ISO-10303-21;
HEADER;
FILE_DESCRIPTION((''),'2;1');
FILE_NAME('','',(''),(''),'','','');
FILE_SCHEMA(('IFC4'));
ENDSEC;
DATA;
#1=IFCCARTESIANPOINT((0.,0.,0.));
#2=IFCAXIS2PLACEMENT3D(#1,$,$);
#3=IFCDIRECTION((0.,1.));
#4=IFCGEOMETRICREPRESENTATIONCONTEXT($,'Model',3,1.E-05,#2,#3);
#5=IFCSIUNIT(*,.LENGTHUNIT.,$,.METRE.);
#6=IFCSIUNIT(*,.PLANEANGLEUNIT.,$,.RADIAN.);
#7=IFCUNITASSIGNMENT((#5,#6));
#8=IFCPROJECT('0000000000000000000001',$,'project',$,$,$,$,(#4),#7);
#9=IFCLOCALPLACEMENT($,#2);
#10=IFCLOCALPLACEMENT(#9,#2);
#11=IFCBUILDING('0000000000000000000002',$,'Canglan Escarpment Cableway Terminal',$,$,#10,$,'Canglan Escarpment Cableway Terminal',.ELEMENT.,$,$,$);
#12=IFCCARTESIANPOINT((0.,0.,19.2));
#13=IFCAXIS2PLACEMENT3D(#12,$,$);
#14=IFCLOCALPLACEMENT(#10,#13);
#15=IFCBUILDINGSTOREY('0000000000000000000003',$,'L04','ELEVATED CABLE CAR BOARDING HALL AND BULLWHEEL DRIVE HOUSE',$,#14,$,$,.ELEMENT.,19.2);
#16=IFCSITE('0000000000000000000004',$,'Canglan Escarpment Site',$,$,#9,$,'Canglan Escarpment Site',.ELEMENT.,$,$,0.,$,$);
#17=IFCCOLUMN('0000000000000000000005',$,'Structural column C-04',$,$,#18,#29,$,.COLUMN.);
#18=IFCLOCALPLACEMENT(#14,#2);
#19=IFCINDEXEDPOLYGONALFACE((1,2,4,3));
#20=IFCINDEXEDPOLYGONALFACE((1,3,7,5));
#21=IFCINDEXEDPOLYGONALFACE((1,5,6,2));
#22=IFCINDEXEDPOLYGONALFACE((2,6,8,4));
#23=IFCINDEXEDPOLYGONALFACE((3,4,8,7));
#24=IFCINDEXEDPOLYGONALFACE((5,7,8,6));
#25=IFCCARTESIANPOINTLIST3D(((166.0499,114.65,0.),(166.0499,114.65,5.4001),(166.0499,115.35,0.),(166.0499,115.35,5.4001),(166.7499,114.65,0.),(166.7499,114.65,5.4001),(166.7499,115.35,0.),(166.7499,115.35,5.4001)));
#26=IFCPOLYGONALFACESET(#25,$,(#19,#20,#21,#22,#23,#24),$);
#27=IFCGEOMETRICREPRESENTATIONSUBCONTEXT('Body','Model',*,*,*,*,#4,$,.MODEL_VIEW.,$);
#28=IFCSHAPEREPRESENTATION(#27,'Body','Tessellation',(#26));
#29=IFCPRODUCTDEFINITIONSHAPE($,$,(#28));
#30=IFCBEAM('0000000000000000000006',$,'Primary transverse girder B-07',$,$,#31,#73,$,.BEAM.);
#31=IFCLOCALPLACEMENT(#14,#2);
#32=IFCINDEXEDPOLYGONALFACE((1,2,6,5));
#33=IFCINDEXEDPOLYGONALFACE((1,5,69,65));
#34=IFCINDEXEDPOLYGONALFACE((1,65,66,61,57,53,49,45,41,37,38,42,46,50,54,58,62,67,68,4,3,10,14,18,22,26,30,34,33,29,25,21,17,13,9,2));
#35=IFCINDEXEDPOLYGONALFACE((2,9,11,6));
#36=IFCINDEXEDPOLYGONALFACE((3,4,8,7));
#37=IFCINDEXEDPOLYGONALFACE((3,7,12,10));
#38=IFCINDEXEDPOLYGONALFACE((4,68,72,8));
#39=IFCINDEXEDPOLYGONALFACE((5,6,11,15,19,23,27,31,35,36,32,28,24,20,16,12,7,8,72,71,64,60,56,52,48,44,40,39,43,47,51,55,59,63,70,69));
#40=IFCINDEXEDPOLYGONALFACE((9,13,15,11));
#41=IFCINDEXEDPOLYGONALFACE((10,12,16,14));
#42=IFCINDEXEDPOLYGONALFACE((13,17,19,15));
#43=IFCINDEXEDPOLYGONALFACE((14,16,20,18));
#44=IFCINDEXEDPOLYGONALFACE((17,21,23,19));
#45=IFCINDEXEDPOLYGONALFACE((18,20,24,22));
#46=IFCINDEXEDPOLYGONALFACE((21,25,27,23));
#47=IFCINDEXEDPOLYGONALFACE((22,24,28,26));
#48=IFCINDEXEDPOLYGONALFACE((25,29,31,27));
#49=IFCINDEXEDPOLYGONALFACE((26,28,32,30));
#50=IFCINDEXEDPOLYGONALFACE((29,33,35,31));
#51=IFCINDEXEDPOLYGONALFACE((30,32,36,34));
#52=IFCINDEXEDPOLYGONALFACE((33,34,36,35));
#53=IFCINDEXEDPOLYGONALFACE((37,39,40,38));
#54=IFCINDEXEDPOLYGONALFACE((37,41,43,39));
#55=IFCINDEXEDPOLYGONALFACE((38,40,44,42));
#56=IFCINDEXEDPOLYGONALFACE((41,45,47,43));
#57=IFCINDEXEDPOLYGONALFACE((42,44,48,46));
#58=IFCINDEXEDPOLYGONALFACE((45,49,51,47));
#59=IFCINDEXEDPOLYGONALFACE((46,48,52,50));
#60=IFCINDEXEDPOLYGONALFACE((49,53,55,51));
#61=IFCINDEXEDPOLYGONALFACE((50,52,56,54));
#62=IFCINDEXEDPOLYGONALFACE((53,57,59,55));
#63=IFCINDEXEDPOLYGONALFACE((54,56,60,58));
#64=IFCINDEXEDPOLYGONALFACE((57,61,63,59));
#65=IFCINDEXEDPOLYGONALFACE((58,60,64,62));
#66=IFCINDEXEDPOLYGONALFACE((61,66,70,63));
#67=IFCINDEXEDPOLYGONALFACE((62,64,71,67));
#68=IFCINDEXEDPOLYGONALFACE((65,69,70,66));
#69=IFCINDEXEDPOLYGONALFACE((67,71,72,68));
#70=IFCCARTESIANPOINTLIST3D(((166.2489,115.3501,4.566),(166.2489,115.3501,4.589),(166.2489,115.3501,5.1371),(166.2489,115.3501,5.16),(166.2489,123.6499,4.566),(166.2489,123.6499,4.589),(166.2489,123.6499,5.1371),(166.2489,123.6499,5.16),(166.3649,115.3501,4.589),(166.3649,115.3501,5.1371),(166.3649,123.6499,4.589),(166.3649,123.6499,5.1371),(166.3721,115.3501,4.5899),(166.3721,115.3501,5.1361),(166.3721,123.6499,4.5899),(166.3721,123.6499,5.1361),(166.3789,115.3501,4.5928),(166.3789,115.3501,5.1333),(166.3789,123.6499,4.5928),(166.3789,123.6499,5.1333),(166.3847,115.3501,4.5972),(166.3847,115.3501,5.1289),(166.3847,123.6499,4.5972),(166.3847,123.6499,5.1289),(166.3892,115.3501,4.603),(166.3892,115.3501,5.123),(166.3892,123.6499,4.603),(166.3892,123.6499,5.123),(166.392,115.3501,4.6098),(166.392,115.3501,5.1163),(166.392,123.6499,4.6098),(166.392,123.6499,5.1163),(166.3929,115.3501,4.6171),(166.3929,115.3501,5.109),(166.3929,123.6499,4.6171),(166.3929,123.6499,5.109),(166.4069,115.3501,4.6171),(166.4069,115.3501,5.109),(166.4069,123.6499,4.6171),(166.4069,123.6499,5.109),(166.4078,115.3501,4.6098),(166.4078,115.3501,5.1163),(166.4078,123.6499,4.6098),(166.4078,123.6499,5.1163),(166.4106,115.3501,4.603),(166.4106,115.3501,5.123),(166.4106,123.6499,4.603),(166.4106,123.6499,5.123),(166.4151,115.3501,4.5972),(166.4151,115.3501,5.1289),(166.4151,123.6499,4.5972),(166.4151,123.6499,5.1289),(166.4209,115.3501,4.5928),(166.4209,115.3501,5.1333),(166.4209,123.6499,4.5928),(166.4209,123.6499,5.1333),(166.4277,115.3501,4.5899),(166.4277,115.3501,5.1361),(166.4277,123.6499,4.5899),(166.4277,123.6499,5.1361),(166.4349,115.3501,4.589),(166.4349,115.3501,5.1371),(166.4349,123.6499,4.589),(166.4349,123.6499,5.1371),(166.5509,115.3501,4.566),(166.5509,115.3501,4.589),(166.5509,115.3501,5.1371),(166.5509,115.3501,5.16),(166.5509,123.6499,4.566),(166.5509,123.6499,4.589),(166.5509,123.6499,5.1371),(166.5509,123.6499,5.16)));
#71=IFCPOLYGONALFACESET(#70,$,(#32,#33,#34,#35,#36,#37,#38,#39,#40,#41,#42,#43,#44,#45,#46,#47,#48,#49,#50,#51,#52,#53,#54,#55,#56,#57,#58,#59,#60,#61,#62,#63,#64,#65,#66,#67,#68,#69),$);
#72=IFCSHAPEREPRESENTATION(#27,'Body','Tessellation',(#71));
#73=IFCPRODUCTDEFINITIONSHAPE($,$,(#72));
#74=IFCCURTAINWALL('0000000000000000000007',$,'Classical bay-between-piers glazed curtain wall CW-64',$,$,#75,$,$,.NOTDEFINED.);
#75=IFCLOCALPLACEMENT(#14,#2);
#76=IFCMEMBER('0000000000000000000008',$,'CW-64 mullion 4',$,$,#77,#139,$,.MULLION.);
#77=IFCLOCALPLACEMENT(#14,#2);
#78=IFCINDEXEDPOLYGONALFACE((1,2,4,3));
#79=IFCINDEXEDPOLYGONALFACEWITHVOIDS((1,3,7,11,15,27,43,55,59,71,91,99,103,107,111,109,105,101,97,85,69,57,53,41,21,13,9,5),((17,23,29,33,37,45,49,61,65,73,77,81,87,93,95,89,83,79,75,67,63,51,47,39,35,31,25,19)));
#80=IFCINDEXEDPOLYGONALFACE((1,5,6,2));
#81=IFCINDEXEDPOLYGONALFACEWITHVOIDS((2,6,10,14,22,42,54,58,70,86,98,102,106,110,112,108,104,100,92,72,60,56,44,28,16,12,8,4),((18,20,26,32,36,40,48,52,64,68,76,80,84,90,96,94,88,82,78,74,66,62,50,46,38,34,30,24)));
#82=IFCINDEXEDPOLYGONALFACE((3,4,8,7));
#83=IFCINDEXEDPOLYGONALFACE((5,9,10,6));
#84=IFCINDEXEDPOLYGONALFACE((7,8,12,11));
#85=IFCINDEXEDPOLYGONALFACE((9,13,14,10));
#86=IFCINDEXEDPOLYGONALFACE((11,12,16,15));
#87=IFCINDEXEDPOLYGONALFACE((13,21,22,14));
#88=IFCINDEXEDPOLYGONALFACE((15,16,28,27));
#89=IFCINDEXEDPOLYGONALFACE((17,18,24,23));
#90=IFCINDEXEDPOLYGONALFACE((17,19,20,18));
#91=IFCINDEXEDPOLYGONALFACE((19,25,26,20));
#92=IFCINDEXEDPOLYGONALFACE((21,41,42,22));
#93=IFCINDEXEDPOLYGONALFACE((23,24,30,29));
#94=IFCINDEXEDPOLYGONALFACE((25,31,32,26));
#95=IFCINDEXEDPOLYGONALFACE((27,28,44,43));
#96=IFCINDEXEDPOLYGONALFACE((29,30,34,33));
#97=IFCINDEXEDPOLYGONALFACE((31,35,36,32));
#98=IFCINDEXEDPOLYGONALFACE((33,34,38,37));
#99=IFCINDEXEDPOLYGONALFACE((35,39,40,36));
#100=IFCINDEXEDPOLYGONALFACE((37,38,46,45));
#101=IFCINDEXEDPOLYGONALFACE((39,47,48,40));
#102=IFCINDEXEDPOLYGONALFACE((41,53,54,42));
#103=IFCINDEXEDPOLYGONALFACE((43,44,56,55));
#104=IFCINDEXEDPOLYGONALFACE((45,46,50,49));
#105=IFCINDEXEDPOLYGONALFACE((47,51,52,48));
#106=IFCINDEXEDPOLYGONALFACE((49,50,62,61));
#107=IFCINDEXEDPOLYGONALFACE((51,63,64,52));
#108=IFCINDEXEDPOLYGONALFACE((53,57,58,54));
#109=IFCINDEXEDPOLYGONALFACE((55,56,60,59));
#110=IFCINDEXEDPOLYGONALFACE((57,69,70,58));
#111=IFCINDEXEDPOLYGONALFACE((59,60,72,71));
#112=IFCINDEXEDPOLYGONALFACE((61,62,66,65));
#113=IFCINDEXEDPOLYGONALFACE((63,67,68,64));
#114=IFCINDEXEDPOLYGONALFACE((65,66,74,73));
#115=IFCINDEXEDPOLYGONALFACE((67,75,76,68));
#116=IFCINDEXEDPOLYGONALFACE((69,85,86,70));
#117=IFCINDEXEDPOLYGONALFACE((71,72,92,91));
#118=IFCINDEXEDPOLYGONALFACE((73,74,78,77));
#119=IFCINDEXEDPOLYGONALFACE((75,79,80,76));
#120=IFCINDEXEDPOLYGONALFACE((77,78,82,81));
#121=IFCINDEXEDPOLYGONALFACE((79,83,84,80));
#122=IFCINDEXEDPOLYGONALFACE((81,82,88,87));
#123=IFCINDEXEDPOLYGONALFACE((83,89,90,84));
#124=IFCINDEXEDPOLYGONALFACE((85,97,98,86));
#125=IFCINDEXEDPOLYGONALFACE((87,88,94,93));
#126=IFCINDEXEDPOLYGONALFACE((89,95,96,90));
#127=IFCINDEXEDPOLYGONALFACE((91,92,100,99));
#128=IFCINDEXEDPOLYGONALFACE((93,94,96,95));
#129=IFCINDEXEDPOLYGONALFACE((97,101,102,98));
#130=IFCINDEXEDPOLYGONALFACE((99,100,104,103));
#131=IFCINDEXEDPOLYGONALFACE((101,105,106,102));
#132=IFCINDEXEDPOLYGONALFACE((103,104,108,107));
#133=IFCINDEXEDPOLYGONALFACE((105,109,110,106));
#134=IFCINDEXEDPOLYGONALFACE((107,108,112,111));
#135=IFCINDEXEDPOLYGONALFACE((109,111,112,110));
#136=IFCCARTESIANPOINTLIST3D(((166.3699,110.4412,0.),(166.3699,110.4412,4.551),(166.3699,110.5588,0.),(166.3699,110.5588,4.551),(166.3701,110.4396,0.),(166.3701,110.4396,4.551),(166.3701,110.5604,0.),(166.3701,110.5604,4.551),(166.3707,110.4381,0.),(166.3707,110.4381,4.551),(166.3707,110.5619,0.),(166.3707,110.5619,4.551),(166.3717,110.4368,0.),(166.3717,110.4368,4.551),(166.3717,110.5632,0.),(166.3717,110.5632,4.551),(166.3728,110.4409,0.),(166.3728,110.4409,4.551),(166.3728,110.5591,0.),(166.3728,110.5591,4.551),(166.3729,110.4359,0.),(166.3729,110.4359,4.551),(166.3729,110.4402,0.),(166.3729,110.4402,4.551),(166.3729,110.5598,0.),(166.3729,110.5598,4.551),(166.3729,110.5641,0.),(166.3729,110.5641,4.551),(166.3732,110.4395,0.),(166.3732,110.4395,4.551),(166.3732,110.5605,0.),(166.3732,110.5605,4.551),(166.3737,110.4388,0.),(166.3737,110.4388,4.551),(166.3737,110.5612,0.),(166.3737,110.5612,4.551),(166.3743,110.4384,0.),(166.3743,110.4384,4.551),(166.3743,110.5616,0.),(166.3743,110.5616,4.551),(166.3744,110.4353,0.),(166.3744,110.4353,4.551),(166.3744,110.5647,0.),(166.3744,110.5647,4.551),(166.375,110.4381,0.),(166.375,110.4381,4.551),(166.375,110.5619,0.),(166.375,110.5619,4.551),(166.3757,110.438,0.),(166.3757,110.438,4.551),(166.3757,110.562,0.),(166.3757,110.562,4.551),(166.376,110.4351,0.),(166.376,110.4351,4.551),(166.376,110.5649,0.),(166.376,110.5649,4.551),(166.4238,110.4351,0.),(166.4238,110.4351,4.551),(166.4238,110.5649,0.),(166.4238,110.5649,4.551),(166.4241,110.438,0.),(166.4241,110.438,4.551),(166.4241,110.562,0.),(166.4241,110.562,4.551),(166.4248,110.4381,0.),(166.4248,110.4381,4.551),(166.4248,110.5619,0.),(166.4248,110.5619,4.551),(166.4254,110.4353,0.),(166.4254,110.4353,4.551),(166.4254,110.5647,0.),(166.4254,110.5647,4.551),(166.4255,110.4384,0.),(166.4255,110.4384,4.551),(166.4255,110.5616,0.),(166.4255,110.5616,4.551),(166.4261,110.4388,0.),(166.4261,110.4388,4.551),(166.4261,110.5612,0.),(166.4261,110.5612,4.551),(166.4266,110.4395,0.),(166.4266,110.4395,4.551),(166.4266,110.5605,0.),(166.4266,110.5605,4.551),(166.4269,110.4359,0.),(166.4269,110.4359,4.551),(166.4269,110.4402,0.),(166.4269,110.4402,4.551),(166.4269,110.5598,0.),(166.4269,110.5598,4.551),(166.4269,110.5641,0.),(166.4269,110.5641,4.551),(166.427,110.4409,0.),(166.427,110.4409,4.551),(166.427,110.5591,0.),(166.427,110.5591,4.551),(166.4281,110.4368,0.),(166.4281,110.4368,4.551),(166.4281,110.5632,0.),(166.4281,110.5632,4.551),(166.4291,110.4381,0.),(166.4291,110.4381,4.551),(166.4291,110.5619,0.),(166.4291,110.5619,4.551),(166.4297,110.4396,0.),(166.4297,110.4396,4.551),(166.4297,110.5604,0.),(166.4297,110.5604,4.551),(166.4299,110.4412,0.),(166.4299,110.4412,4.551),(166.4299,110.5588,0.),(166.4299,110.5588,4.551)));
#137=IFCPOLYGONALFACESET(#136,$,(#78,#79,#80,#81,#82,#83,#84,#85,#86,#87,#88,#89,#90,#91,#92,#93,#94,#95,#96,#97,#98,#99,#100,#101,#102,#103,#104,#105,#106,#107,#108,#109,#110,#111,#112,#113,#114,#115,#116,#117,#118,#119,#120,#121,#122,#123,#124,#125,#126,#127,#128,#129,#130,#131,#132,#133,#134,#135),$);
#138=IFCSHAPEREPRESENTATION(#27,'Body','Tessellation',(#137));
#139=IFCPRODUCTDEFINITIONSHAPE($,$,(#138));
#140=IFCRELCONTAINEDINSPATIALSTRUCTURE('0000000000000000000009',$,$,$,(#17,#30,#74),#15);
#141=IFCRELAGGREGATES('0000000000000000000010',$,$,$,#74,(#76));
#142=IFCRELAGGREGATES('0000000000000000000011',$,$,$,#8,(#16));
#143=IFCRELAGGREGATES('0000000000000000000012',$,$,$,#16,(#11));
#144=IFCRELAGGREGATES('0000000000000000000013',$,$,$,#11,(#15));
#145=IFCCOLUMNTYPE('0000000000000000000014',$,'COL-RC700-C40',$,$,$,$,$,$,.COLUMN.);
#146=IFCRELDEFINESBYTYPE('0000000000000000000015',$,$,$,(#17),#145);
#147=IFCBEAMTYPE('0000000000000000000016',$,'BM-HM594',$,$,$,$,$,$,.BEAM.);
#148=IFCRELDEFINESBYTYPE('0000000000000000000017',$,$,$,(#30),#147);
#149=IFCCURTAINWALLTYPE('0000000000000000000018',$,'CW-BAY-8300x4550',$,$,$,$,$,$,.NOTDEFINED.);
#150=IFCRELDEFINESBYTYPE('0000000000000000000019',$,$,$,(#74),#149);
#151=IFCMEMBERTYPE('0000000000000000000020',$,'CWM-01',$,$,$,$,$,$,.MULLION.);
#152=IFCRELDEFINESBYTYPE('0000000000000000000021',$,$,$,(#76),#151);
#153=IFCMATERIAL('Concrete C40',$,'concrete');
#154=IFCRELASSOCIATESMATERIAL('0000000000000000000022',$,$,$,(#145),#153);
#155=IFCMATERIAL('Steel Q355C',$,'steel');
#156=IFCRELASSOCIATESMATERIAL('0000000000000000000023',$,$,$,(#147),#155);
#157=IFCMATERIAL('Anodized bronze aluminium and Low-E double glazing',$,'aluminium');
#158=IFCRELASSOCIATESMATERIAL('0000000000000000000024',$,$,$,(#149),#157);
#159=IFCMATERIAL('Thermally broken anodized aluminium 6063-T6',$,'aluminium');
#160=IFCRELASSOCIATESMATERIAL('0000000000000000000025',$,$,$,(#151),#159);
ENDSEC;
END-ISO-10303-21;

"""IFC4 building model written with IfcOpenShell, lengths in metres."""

from ifc_helpers import new_model, si_unit, direction, frame, origin, origin_2d, place, context, subcontext, project, spatial, rectangle, hollow_rectangle, i_section, extrude, material, material_profile, profile_set, type_object, element, aggregate, save


model = new_model("IFC4")

# Units and contexts
model_context = context("Model", 3, precision=1e-05, world=origin(), true_north=direction((0.0, 1.0)))
body_context = subcontext(model_context, "Body", "Model", "MODEL_VIEW")
ifc_project = project(units=[si_unit("LENGTHUNIT", "METRE"), si_unit("PLANEANGLEUNIT", "RADIAN")], contexts=[model_context])

# Site, building, storey
site_placement = place(None, origin())
site = spatial("IfcSite", under=ifc_project, at=site_placement, Name="Canglan Escarpment Site", LongName="Canglan Escarpment Site", CompositionType="ELEMENT", RefElevation=0.0)
building_placement = place(site_placement, origin())
building = spatial("IfcBuilding", under=site, at=building_placement, Name="Canglan Escarpment Cableway Terminal", LongName="Canglan Escarpment Cableway Terminal", CompositionType="ELEMENT")
storey_placement = place(building_placement, frame((0.0, 0.0, 19.2)))
storey = spatial("IfcBuildingStorey", under=building, at=storey_placement, Name="L04", Description="ELEVATED CABLE CAR BOARDING HALL AND BULLWHEEL DRIVE HOUSE", CompositionType="ELEMENT", Elevation=19.2)

# Column
ifc_material_1 = material(Name="Concrete C40", Category="concrete")
ifc_material_profile_1 = material_profile(ifc_material_1, rectangle(XDim=0.7, YDim=0.7, at=origin_2d()), Name="RC 700x700")
ifc_profile_set_1 = profile_set([ifc_material_profile_1], Name="Concrete C40")
column_type = type_object("IfcColumnType", Name="COL-RC700-C40", PredefinedType="COLUMN", material=ifc_profile_set_1)
column_placement = place(storey_placement, frame((166.3999, 115.0, 0.0), z_axis=(0.0, 0.0, 1.0), x_axis=(1.0, 0.0, 0.0)))
element("IfcColumn", 1, at=column_placement, inside=storey, type_object=column_type, Name="Structural column C-04", PredefinedType="COLUMN", context=body_context, shape_type="SweptSolid", body=[
    extrude(rectangle(XDim=0.7, YDim=0.7, at=origin_2d()), origin(), (0.0, 0.0, 1.0), 5.4001),
])

# Beam
ifc_material_2 = material(Name="Steel Q355C", Category="steel")
ifc_material_profile_2 = material_profile(ifc_material_2, i_section(OverallWidth=0.302, OverallDepth=0.594, WebThickness=0.0139, FlangeThickness=0.0229, FilletRadius=0.0281, at=origin_2d()), Name="HM 594x302x14x23")
ifc_profile_set_2 = profile_set([ifc_material_profile_2], Name="Steel Q355C")
beam_type = type_object("IfcBeamType", Name="BM-HM594", PredefinedType="BEAM", material=ifc_profile_set_2)
beam_placement = place(storey_placement, frame((166.3999, 115.3501, 4.863), z_axis=(0.0, 1.0, 0.0), x_axis=(-1.0, 0.0, 0.0)))
element("IfcBeam", 2, at=beam_placement, inside=storey, type_object=beam_type, Name="Primary transverse girder B-07", PredefinedType="BEAM", context=body_context, shape_type="SweptSolid", body=[
    extrude(i_section(OverallWidth=0.302, OverallDepth=0.594, WebThickness=0.0139, FlangeThickness=0.0229, FilletRadius=0.0281, at=origin_2d()), origin(), (0.0, 0.0, 1.0), 8.2998),
])

# Curtain wall, member
ifc_material_3 = material(Name="Anodized bronze aluminium and Low-E double glazing", Category="aluminium")
curtain_wall_type = type_object("IfcCurtainWallType", Name="CW-BAY-8300x4550", PredefinedType="NOTDEFINED", material=ifc_material_3)
curtain_wall_1_placement = place(storey_placement, origin())
curtain_wall_1 = element("IfcCurtainWall", 3, at=curtain_wall_1_placement, inside=storey, type_object=curtain_wall_type, Name="Classical bay-between-piers glazed curtain wall CW-64", PredefinedType="NOTDEFINED")
ifc_material_4 = material(Name="Thermally broken anodized aluminium 6063-T6", Category="aluminium")
ifc_material_profile_3 = material_profile(ifc_material_4, hollow_rectangle(XDim=0.0601, YDim=0.1299, WallThickness=0.0029, InnerFilletRadius=0.0029, OuterFilletRadius=0.0061, at=origin_2d()), Name="ALU-MULL 60x130x3")
ifc_profile_set_3 = profile_set([ifc_material_profile_3], Name="Thermally broken anodized aluminium 6063-T6")
member_type_1 = type_object("IfcMemberType", Name="CWM-01", PredefinedType="MULLION", material=ifc_profile_set_3)
member_1_placement = place(storey_placement, frame((166.3999, 110.5, 0.0), z_axis=(0.0, 0.0, 1.0), x_axis=(-1.0, 0.0, 0.0)))
member_1 = element("IfcMember", 4, at=member_1_placement, type_object=member_type_1, Name="CW-64 mullion 4", PredefinedType="MULLION", context=body_context, shape_type="SweptSolid", body=[
    extrude(hollow_rectangle(XDim=0.0601, YDim=0.1299, WallThickness=0.0029, InnerFilletRadius=0.0029, OuterFilletRadius=0.0061, at=origin_2d()), origin(), (0.0, 0.0, 1.0), 4.551),
])

aggregate(curtain_wall_1, [member_1])

save(model, "model.ifc")
